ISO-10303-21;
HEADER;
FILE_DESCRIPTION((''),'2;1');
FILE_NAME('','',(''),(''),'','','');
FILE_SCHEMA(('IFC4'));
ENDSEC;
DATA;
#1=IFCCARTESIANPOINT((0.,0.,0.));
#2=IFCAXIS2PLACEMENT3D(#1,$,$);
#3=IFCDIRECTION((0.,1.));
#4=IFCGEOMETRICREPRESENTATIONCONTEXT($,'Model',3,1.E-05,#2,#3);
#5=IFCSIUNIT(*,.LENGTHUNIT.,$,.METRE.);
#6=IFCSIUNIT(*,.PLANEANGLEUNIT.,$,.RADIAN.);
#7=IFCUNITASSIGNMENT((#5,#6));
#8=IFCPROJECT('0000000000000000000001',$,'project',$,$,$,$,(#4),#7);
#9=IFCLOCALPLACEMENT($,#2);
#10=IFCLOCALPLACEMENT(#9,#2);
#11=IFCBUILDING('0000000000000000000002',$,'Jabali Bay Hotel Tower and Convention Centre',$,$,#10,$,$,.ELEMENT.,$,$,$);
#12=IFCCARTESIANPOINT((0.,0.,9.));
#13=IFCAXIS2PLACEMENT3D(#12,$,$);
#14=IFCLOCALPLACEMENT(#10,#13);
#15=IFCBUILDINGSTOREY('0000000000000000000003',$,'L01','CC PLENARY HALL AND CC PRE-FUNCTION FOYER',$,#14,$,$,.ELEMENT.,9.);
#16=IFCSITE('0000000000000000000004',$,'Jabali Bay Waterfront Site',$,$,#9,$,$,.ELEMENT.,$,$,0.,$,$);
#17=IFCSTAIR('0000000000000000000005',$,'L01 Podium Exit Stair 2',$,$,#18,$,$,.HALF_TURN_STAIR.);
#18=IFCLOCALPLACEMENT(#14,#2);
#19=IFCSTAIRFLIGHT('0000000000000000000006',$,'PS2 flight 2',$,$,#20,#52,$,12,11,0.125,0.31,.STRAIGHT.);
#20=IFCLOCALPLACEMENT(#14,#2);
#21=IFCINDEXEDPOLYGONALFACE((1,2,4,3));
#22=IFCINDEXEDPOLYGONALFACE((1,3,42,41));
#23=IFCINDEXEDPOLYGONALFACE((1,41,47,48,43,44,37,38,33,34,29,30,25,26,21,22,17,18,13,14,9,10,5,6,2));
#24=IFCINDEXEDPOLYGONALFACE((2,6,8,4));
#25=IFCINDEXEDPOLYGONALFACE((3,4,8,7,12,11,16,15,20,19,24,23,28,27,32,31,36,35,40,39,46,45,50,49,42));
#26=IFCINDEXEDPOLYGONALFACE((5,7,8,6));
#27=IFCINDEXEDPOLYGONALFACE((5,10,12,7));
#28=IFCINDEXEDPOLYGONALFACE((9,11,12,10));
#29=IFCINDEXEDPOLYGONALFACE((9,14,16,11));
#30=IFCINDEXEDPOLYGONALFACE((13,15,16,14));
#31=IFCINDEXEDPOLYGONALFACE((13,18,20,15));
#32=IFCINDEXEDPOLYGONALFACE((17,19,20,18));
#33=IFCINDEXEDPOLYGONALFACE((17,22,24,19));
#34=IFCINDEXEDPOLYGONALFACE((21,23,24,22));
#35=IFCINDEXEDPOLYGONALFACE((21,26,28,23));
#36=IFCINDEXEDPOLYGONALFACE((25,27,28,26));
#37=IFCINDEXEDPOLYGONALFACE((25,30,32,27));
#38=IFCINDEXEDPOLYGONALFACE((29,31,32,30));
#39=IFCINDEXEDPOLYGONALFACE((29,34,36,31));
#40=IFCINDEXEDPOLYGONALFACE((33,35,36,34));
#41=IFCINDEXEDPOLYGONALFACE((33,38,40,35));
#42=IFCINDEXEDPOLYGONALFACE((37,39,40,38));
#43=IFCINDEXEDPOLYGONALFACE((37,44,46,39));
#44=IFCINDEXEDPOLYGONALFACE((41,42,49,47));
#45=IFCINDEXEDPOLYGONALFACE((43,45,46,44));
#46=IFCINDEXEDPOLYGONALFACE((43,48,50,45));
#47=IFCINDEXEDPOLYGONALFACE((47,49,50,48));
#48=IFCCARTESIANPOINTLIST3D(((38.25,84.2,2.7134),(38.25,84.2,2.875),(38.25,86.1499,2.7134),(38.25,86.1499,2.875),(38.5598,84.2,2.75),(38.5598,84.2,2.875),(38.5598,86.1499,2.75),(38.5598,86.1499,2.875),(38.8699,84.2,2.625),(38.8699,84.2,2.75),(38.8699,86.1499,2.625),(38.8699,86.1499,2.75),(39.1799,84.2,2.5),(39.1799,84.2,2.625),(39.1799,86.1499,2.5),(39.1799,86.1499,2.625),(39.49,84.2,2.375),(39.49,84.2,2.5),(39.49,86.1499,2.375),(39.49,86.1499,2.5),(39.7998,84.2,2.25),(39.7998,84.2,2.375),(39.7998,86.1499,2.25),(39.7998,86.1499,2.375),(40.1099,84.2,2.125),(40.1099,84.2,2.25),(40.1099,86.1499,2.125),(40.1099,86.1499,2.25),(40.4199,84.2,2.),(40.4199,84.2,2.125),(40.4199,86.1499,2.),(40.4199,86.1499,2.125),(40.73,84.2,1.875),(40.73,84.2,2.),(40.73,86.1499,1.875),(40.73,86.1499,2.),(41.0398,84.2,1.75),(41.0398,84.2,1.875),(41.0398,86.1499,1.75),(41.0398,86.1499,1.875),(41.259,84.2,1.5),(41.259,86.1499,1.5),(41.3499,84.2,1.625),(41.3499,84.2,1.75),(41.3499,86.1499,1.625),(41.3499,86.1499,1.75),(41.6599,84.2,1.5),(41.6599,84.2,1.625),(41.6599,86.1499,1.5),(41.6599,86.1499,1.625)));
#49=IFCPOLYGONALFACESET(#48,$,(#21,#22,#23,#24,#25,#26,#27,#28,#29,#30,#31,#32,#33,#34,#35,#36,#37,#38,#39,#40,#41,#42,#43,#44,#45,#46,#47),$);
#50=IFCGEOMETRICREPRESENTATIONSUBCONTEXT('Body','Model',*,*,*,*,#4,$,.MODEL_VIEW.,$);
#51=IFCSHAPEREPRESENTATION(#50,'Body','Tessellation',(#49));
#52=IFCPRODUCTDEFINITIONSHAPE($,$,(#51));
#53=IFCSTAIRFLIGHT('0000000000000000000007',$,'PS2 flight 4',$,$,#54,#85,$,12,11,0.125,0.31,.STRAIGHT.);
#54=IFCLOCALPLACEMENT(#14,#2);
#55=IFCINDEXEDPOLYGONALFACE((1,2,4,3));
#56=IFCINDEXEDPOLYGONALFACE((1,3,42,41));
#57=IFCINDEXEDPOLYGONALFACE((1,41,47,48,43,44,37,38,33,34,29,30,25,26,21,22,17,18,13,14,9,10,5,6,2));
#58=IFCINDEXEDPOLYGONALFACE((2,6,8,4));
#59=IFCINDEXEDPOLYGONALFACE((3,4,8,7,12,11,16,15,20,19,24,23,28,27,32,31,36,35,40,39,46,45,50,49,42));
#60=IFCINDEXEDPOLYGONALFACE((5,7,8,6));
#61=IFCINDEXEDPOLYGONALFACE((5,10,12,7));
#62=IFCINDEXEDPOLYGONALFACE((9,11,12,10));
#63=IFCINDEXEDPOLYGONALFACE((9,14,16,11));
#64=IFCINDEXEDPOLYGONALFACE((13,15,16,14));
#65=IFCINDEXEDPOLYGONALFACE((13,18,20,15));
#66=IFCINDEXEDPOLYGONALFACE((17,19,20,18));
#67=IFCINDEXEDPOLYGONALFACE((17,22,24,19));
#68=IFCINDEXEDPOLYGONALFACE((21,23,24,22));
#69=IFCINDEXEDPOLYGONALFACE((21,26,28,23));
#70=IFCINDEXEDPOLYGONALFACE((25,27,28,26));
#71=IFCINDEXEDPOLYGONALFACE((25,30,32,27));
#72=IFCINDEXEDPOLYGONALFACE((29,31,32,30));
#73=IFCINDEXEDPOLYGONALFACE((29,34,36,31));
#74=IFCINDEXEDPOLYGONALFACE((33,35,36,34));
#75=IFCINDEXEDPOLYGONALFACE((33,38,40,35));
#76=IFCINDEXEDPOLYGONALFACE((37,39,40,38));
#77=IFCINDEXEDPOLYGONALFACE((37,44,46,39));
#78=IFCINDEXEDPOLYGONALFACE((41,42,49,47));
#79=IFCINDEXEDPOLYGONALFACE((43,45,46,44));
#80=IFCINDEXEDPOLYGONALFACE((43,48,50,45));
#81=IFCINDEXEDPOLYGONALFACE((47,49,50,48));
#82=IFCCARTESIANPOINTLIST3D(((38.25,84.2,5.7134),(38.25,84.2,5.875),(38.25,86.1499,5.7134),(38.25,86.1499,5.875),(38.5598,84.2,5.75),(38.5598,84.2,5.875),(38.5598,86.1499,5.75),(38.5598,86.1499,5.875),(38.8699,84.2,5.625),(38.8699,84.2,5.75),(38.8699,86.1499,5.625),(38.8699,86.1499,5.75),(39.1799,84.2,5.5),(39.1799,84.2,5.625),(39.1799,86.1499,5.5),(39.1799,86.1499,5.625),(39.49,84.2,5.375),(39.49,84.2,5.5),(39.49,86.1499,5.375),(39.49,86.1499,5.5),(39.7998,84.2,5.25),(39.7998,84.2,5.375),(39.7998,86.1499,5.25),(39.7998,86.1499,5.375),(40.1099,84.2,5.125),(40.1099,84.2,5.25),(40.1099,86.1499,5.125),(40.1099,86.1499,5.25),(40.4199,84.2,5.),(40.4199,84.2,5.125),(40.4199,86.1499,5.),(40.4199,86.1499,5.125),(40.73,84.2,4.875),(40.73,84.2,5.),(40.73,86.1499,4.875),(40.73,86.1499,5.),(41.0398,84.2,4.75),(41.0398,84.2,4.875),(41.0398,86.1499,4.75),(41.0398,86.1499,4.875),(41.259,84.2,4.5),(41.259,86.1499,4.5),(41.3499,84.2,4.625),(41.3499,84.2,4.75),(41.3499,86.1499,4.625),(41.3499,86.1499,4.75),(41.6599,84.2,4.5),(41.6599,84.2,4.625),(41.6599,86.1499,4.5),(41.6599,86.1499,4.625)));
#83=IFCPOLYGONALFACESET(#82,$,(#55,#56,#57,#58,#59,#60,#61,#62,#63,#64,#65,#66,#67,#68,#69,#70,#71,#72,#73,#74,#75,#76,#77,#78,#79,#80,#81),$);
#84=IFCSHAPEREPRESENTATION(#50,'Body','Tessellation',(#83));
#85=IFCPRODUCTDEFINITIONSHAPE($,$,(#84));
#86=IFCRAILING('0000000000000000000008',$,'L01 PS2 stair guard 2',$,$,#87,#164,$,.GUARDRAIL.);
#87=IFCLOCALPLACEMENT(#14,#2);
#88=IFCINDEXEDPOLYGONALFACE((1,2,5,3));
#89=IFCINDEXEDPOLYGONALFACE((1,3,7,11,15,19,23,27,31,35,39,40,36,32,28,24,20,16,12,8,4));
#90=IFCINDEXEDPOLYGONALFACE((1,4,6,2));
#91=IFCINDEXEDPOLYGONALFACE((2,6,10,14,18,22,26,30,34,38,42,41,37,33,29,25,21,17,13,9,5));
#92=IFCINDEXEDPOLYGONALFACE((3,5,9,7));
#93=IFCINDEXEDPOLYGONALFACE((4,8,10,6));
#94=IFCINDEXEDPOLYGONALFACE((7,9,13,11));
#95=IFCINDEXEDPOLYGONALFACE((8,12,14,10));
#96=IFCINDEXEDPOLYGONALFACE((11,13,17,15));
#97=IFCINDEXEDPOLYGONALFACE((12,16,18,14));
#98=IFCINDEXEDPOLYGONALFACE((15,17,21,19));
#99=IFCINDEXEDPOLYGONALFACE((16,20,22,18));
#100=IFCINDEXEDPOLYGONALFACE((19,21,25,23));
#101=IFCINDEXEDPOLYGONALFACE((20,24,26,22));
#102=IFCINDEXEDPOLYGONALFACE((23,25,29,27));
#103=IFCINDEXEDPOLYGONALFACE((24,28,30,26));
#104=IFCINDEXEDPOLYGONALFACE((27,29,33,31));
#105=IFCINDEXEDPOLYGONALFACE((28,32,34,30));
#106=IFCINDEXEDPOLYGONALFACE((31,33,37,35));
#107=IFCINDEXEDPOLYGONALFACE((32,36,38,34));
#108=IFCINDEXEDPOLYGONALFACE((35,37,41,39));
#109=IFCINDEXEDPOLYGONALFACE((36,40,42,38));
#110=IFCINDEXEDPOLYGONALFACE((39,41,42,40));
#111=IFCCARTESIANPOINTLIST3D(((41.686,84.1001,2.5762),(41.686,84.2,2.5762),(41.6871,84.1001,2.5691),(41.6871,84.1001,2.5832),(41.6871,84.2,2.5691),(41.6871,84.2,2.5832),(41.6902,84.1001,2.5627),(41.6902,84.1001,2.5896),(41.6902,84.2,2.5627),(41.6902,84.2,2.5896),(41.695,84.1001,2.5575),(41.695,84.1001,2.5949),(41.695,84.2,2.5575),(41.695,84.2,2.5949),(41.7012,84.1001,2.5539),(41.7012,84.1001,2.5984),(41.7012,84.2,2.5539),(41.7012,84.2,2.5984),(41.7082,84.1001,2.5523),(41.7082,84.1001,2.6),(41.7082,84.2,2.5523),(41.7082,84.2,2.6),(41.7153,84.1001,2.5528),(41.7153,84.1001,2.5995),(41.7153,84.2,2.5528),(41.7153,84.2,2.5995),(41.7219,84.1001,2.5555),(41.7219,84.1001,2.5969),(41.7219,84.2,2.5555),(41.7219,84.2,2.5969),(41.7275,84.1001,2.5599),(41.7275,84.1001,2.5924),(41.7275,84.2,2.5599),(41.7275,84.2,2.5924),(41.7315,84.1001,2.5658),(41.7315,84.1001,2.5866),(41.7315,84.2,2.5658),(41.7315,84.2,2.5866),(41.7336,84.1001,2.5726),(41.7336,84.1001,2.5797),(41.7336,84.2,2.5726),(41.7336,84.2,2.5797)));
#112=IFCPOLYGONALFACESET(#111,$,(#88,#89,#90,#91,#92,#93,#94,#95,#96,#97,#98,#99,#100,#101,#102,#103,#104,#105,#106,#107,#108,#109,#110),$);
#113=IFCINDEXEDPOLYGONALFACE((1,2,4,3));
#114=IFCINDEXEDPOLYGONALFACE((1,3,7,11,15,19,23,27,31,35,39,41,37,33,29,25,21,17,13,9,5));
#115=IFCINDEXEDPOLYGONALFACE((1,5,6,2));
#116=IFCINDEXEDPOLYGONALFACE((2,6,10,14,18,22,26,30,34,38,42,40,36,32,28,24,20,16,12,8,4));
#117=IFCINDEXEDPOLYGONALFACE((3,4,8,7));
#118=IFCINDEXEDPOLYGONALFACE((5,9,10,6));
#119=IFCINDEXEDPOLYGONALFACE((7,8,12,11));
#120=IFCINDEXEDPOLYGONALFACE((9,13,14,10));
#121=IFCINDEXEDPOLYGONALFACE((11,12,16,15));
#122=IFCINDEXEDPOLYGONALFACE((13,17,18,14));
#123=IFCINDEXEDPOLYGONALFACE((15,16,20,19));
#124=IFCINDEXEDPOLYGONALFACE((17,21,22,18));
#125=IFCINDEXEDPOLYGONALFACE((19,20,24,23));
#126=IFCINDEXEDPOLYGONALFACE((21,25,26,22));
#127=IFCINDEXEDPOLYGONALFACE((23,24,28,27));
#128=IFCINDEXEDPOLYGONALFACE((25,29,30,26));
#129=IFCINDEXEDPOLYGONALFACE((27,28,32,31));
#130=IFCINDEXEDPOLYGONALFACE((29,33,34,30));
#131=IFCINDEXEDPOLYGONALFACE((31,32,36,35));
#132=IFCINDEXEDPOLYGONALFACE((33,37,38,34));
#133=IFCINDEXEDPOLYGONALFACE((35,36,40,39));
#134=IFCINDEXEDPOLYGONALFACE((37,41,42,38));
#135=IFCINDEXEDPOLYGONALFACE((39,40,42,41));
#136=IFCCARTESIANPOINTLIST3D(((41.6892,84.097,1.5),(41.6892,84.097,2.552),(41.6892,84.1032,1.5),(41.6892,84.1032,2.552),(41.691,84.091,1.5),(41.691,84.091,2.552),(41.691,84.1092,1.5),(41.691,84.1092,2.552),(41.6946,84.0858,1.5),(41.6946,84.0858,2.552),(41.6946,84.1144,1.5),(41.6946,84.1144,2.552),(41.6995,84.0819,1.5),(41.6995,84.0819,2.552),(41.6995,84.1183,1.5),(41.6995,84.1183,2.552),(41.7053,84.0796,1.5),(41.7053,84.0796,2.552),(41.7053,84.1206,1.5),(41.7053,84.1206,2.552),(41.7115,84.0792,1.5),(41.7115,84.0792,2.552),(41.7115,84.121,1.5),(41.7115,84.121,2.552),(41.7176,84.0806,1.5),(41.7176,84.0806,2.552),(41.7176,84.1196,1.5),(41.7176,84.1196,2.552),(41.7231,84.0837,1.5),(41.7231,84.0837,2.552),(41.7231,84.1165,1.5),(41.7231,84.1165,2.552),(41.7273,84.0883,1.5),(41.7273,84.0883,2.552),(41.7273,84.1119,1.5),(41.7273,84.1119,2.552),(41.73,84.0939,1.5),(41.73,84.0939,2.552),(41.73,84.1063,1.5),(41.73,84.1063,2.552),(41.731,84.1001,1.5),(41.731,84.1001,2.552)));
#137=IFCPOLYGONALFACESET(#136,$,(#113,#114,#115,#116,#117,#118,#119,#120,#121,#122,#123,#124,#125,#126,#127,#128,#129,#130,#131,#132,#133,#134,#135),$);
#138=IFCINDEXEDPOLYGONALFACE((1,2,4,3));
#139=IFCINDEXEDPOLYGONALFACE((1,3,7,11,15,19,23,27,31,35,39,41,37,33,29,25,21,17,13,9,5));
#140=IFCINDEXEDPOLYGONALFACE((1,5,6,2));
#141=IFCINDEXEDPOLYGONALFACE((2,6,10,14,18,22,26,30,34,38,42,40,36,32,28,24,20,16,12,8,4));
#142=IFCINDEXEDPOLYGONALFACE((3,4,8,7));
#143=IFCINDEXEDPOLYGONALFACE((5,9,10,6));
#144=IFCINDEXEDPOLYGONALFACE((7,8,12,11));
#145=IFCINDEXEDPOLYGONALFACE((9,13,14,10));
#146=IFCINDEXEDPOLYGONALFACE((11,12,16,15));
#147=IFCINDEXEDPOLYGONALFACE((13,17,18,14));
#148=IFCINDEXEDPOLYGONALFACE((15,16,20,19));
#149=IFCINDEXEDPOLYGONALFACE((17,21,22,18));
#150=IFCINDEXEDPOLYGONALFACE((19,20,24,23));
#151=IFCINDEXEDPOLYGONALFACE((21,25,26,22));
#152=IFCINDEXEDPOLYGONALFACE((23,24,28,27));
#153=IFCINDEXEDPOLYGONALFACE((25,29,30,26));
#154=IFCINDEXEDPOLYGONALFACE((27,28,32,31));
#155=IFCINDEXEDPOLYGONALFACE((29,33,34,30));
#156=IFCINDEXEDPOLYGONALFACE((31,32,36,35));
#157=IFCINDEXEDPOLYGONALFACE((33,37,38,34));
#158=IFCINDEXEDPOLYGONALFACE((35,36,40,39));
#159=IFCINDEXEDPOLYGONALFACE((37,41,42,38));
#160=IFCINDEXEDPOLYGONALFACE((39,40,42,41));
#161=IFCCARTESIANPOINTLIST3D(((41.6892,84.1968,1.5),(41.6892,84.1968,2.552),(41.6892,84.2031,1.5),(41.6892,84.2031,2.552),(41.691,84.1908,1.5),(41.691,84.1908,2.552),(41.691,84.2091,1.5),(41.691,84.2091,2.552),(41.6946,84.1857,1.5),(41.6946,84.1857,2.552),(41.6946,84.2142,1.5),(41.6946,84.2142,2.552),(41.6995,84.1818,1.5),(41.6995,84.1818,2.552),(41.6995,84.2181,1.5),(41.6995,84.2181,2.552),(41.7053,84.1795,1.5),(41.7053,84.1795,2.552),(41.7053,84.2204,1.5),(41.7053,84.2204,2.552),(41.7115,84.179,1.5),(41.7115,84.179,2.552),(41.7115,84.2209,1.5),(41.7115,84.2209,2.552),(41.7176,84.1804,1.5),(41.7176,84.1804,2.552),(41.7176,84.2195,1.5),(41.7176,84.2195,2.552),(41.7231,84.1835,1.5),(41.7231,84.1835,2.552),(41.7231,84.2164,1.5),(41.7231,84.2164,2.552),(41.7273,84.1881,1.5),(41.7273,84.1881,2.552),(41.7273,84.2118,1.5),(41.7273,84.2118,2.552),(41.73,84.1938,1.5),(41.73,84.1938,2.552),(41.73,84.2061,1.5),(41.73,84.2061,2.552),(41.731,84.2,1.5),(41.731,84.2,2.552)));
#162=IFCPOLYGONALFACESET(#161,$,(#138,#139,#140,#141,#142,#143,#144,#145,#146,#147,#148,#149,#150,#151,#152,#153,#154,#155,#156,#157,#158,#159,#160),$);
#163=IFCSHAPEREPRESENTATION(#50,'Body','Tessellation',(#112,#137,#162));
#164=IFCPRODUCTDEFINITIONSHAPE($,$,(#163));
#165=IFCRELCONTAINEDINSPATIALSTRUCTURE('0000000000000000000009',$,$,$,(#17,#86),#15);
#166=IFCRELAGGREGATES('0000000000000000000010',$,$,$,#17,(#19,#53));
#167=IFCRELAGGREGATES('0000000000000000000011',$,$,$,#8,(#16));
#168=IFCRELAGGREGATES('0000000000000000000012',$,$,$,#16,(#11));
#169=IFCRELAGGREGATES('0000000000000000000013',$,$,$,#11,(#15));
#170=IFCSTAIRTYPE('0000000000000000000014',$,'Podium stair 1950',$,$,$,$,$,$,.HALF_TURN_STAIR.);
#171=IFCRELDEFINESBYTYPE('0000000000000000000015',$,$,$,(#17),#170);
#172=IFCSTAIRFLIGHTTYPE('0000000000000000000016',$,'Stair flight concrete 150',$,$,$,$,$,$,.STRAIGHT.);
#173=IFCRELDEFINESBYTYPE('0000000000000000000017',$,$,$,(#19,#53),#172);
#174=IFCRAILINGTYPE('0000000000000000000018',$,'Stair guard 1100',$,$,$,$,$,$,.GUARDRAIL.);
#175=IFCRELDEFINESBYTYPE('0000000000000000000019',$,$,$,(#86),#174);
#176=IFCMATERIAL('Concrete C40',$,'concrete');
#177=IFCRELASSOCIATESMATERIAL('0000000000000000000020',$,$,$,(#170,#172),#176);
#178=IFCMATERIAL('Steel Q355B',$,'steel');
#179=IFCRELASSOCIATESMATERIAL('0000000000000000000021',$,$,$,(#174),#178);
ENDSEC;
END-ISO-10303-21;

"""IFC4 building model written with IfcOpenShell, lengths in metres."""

from ifc_helpers import new_model, si_unit, direction, frame, origin, origin_2d, place, context, subcontext, project, spatial, polyline, circle, outline, extrude, material, type_object, element, aggregate, save


model = new_model("IFC4")

# Units and contexts
model_context = context("Model", 3, precision=1e-05, world=origin(), true_north=direction((0.0, 1.0)))
body_context = subcontext(model_context, "Body", "Model", "MODEL_VIEW")
ifc_project = project(units=[si_unit("LENGTHUNIT", "METRE"), si_unit("PLANEANGLEUNIT", "RADIAN")], contexts=[model_context])

# Site, building, storey
site_placement = place(None, origin())
site = spatial("IfcSite", under=ifc_project, at=site_placement, Name="Jabali Bay Waterfront Site", CompositionType="ELEMENT", RefElevation=0.0)
building_placement = place(site_placement, origin())
building = spatial("IfcBuilding", under=site, at=building_placement, Name="Jabali Bay Hotel Tower and Convention Centre", CompositionType="ELEMENT")
storey_placement = place(building_placement, frame((0.0, 0.0, 9.0)))
storey = spatial("IfcBuildingStorey", under=building, at=storey_placement, Name="L01", Description="CC PLENARY HALL AND CC PRE-FUNCTION FOYER", CompositionType="ELEMENT", Elevation=9.0)

# Shared definitions
ifc_material_1 = material(Name="Concrete C40", Category="concrete")

# Stair, stair flights
stair_type = type_object("IfcStairType", Name="Podium stair 1950", PredefinedType="HALF_TURN_STAIR", material=ifc_material_1)
stair_placement = place(storey_placement, origin())
stair = element("IfcStair", 1, at=stair_placement, inside=storey, type_object=stair_type, Name="L01 Podium Exit Stair 2", PredefinedType="HALF_TURN_STAIR")
stair_flight_type = type_object("IfcStairFlightType", Name="Stair flight concrete 150", PredefinedType="STRAIGHT", material=ifc_material_1)
stair_flight_1_placement = place(storey_placement, frame((41.6599, 85.175, 1.5), z_axis=(0.0, 0.0, 1.0), x_axis=(-1.0, 0.0, 0.0)))
stair_flight_1 = element("IfcStairFlight", 2, at=stair_flight_1_placement, type_object=stair_flight_type, Name="PS2 flight 2", NumberOfRisers=12, NumberOfTreads=11, PredefinedType="STRAIGHT", RiserHeight=0.125, TreadLength=0.31, context=body_context, shape_type="SweptSolid", body=[
    extrude(outline(polyline([(0.0, 0.0), (0.0, 0.125), (0.3101, 0.125), (0.3101, 0.25), (0.6201, 0.25), (0.6201, 0.375), (0.9299, 0.375), (0.9299, 0.5), (1.24, 0.5), (1.24, 0.625), (1.55, 0.625), (1.55, 0.75), (1.8601, 0.75), (1.8601, 0.875), (2.1699, 0.875), (2.1699, 1.0), (2.48, 1.0), (2.48, 1.125), (2.79, 1.125), (2.79, 1.25), (3.1001, 1.25), (3.1001, 1.375), (3.4099, 1.375), (3.4099, 1.5), (3.4099, 1.2134), (0.4009, 0.0), (0.0, 0.0)])), frame((0.0, 0.9751, 0.0), z_axis=(0.0, -1.0, 0.0), x_axis=(1.0, 0.0, 0.0)), (0.0, 0.0, 1.0), 1.95),
])
stair_flight_2_placement = place(storey_placement, frame((41.6599, 85.175, 4.5), z_axis=(0.0, 0.0, 1.0), x_axis=(-1.0, 0.0, 0.0)))
stair_flight_2 = element("IfcStairFlight", 3, at=stair_flight_2_placement, type_object=stair_flight_type, Name="PS2 flight 4", NumberOfRisers=12, NumberOfTreads=11, PredefinedType="STRAIGHT", RiserHeight=0.125, TreadLength=0.31, context=body_context, shape_type="SweptSolid", body=[
    extrude(outline(polyline([(0.0, 0.0), (0.0, 0.125), (0.3101, 0.125), (0.3101, 0.25), (0.6201, 0.25), (0.6201, 0.375), (0.9299, 0.375), (0.9299, 0.5), (1.24, 0.5), (1.24, 0.625), (1.55, 0.625), (1.55, 0.75), (1.8601, 0.75), (1.8601, 0.875), (2.1699, 0.875), (2.1699, 1.0), (2.48, 1.0), (2.48, 1.125), (2.79, 1.125), (2.79, 1.25), (3.1001, 1.25), (3.1001, 1.375), (3.4099, 1.375), (3.4099, 1.5), (3.4099, 1.2134), (0.4009, 0.0), (0.0, 0.0)])), frame((0.0, 0.9751, 0.0), z_axis=(0.0, -1.0, 0.0), x_axis=(1.0, 0.0, 0.0)), (0.0, 0.0, 1.0), 1.95),
])
aggregate(stair, [stair_flight_1, stair_flight_2])

# Railing
ifc_material_2 = material(Name="Steel Q355B", Category="steel")
railing_type_1 = type_object("IfcRailingType", Name="Stair guard 1100", PredefinedType="GUARDRAIL", material=ifc_material_2)
railing_1_placement = place(storey_placement, frame((41.71, 84.1001, 1.5)))
element("IfcRailing", 4, at=railing_1_placement, inside=storey, type_object=railing_type_1, Name="L01 PS2 stair guard 2", PredefinedType="GUARDRAIL", context=body_context, shape_type="SweptSolid", body=[
    extrude(circle(Radius=0.0239, at=origin_2d()), frame((0.0, 0.0, 1.0762), z_axis=(0.0, 1.0, 0.0), x_axis=(-1.0, 0.0, 0.0)), (0.0, 0.0, 1.0), 0.0999),
    extrude(circle(Radius=0.021, at=origin_2d()), origin(), (0.0, 0.0, 1.0), 1.052),
    extrude(circle(Radius=0.021, at=origin_2d()), frame((0.0, 0.0999, 0.0)), (0.0, 0.0, 1.0), 1.052),
])

save(model, "model.ifc")
